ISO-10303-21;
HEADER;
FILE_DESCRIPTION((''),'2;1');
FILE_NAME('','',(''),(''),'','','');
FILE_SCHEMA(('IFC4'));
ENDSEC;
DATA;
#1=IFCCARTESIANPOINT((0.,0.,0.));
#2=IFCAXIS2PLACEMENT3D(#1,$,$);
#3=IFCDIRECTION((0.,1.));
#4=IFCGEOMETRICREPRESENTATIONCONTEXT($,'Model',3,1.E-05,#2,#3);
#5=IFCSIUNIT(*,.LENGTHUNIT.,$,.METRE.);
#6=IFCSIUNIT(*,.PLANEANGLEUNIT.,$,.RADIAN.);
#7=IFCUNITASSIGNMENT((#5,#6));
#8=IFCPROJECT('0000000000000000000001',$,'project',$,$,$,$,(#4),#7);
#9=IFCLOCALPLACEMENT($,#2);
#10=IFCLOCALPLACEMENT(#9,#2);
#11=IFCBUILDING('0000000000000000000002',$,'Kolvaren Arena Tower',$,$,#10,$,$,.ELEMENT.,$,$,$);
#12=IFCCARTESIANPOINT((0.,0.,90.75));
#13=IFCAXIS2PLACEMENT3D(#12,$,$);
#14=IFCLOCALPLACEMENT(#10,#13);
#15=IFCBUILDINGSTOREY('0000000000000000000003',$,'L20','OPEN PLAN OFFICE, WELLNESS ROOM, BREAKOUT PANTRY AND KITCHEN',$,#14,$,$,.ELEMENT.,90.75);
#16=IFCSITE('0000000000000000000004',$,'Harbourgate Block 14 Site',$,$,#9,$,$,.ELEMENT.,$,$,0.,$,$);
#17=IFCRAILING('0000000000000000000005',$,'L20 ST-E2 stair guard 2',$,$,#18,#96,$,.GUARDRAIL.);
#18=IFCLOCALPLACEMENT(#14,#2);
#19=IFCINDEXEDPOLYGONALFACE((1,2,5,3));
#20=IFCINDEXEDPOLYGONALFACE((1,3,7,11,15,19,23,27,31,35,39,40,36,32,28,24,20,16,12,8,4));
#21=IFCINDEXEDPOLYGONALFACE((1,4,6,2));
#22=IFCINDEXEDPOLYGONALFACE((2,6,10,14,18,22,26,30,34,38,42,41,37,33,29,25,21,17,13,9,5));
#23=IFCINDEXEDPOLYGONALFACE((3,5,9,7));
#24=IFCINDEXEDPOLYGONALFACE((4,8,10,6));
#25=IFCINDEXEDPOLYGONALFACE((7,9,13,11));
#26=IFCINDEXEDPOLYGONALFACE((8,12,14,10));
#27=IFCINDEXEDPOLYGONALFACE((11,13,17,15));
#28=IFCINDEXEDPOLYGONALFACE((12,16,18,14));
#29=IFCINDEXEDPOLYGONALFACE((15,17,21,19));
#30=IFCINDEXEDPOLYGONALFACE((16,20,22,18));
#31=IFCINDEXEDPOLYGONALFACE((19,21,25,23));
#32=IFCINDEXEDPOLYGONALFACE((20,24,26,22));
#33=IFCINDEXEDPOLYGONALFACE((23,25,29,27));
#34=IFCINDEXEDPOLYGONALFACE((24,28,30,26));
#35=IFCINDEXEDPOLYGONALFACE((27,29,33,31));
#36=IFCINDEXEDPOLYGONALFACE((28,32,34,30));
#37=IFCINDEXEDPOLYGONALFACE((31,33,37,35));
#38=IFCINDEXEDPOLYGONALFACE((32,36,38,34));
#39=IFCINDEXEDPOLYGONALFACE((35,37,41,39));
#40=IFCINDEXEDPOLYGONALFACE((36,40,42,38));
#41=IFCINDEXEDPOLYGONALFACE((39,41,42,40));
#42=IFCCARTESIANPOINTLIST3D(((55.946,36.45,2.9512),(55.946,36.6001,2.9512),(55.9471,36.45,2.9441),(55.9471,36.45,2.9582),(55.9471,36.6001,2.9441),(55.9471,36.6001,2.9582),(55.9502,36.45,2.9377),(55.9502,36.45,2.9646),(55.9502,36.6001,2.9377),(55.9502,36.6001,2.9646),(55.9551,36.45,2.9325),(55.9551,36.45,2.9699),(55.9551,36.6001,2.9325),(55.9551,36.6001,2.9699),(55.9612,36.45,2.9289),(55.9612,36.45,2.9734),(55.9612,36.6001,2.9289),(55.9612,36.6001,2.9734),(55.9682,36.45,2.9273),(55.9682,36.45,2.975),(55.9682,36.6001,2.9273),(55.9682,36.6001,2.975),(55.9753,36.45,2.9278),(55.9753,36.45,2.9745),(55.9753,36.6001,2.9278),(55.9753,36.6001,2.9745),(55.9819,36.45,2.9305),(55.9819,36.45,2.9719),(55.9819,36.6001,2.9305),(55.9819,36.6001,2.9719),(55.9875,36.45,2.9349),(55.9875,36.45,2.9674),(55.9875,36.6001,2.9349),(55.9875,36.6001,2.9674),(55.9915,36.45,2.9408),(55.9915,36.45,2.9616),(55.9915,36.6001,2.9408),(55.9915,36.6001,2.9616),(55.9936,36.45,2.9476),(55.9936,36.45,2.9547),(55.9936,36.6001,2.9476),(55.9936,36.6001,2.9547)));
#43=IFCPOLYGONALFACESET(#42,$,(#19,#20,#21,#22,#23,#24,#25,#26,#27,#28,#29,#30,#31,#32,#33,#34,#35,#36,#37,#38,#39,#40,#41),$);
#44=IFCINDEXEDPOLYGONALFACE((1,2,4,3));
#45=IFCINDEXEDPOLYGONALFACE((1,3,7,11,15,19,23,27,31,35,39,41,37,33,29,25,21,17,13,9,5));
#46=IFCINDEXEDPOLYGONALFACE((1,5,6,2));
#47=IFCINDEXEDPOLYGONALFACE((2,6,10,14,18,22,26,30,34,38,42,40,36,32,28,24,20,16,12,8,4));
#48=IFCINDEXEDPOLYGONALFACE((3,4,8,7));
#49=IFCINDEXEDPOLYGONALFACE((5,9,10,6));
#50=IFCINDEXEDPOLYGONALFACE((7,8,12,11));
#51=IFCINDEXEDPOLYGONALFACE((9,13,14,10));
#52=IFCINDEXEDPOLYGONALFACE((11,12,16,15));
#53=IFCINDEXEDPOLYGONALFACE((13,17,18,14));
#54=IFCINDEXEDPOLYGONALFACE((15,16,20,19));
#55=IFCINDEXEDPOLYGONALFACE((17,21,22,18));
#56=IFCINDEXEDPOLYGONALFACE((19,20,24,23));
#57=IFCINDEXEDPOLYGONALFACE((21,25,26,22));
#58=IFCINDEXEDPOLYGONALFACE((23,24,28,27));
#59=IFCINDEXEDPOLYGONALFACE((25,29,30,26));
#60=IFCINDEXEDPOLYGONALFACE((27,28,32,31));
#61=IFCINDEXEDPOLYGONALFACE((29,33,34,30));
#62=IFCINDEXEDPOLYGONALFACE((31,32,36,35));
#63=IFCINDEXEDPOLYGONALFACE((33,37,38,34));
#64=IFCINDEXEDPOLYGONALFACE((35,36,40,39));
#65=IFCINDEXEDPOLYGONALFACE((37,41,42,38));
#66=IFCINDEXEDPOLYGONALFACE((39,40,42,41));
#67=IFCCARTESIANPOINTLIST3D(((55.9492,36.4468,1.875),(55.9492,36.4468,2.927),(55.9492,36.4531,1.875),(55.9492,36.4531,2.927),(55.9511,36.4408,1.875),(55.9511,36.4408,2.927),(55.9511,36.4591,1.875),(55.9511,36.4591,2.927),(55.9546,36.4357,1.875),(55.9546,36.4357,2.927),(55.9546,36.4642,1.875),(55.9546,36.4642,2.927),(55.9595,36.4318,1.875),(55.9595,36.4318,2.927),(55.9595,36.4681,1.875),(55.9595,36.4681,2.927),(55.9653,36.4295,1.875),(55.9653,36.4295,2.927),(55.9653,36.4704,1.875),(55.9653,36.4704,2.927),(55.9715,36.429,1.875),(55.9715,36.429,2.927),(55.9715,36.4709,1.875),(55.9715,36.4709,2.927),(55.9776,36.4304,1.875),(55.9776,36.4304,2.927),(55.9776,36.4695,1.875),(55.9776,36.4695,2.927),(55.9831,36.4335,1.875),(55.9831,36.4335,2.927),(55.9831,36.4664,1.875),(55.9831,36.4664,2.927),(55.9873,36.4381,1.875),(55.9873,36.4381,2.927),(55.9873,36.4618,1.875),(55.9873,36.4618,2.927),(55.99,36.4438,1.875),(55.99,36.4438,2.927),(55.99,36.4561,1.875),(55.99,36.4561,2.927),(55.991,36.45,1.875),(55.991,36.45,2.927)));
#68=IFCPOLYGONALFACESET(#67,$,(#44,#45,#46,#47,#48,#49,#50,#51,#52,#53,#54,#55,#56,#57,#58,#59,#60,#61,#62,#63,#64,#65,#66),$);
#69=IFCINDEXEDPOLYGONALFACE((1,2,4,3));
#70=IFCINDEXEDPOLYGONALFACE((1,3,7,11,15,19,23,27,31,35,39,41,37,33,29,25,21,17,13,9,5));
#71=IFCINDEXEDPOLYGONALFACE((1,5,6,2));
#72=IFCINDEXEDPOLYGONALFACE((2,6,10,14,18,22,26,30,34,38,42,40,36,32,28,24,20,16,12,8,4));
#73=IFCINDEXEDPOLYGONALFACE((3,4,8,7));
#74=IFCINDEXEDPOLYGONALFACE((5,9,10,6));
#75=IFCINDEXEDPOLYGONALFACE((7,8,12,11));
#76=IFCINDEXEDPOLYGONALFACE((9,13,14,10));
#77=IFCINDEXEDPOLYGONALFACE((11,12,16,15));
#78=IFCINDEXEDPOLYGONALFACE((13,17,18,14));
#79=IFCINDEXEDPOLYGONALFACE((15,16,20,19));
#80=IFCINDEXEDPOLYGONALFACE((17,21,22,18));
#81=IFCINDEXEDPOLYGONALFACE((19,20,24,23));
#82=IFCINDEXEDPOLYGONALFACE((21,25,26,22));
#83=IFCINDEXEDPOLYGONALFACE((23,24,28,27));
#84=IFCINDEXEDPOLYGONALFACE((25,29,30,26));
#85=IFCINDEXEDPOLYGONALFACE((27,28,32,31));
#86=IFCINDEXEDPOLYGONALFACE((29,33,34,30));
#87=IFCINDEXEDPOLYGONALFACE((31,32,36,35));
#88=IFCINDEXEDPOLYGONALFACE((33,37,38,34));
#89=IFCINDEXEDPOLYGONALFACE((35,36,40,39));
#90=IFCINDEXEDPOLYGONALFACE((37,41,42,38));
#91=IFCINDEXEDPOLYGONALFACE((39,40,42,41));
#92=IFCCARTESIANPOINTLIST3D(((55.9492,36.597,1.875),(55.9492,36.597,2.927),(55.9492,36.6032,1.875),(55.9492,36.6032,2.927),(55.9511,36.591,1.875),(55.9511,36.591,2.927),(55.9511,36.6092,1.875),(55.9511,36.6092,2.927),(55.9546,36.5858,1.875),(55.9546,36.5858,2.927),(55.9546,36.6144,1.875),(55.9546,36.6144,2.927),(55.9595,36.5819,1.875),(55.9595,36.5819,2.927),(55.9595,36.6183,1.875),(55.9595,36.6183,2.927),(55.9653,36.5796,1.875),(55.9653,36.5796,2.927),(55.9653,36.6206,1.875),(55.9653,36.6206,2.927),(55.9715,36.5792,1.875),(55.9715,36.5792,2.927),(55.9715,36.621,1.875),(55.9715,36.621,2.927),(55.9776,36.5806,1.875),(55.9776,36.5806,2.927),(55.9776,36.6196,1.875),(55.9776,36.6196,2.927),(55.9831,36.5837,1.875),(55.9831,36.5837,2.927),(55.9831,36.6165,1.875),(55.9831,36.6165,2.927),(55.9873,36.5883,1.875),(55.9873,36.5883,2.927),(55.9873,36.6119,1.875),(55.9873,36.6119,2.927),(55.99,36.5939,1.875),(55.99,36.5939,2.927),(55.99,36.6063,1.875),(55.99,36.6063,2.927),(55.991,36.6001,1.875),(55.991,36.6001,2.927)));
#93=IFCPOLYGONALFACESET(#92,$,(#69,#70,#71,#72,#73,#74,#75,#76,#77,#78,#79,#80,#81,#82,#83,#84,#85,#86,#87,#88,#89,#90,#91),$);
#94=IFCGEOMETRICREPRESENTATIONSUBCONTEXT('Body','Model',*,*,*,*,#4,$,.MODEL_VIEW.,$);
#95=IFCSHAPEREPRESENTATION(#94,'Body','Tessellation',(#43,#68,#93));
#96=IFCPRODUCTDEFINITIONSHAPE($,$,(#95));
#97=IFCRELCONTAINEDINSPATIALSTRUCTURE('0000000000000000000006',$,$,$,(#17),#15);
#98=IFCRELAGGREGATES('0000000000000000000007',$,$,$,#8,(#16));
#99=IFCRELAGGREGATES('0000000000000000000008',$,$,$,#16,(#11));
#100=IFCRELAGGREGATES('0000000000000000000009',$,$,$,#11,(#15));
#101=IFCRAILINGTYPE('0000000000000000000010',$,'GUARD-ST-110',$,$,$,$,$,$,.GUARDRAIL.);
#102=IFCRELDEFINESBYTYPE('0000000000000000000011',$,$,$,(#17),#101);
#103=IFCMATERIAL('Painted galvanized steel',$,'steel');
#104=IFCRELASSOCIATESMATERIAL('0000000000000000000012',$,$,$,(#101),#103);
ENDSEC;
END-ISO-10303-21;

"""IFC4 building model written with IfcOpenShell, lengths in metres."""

from ifc_helpers import new_model, si_unit, direction, frame, origin, origin_2d, place, context, subcontext, project, spatial, circle, extrude, material, type_object, element, save


model = new_model("IFC4")

# Units and contexts
model_context = context("Model", 3, precision=1e-05, world=origin(), true_north=direction((0.0, 1.0)))
body_context = subcontext(model_context, "Body", "Model", "MODEL_VIEW")
ifc_project = project(units=[si_unit("LENGTHUNIT", "METRE"), si_unit("PLANEANGLEUNIT", "RADIAN")], contexts=[model_context])

# Site, building, storey
site_placement = place(None, origin())
site = spatial("IfcSite", under=ifc_project, at=site_placement, Name="Harbourgate Block 14 Site", CompositionType="ELEMENT", RefElevation=0.0)
building_placement = place(site_placement, origin())
building = spatial("IfcBuilding", under=site, at=building_placement, Name="Kolvaren Arena Tower", CompositionType="ELEMENT")
storey_placement = place(building_placement, frame((0.0, 0.0, 90.75)))
storey = spatial("IfcBuildingStorey", under=building, at=storey_placement, Name="L20", Description="OPEN PLAN OFFICE, WELLNESS ROOM, BREAKOUT PANTRY AND KITCHEN", CompositionType="ELEMENT", Elevation=90.75)

# Railing
ifc_material_1 = material(Name="Painted galvanized steel", Category="steel")
railing_type_1 = type_object("IfcRailingType", Name="GUARD-ST-110", PredefinedType="GUARDRAIL", material=ifc_material_1)
railing_1_placement = place(storey_placement, frame((55.97, 36.45, 1.875)))
element("IfcRailing", 1, at=railing_1_placement, inside=storey, type_object=railing_type_1, Name="L20 ST-E2 stair guard 2", PredefinedType="GUARDRAIL", context=body_context, shape_type="SweptSolid", body=[
    extrude(circle(Radius=0.0239, at=origin_2d()), frame((0.0, 0.0, 1.0762), z_axis=(0.0, 1.0, 0.0), x_axis=(-1.0, 0.0, 0.0)), (0.0, 0.0, 1.0), 0.1501),
    extrude(circle(Radius=0.021, at=origin_2d()), origin(), (0.0, 0.0, 1.0), 1.052),
    extrude(circle(Radius=0.021, at=origin_2d()), frame((0.0, 0.1501, 0.0)), (0.0, 0.0, 1.0), 1.052),
])

save(model, "model.ifc")
